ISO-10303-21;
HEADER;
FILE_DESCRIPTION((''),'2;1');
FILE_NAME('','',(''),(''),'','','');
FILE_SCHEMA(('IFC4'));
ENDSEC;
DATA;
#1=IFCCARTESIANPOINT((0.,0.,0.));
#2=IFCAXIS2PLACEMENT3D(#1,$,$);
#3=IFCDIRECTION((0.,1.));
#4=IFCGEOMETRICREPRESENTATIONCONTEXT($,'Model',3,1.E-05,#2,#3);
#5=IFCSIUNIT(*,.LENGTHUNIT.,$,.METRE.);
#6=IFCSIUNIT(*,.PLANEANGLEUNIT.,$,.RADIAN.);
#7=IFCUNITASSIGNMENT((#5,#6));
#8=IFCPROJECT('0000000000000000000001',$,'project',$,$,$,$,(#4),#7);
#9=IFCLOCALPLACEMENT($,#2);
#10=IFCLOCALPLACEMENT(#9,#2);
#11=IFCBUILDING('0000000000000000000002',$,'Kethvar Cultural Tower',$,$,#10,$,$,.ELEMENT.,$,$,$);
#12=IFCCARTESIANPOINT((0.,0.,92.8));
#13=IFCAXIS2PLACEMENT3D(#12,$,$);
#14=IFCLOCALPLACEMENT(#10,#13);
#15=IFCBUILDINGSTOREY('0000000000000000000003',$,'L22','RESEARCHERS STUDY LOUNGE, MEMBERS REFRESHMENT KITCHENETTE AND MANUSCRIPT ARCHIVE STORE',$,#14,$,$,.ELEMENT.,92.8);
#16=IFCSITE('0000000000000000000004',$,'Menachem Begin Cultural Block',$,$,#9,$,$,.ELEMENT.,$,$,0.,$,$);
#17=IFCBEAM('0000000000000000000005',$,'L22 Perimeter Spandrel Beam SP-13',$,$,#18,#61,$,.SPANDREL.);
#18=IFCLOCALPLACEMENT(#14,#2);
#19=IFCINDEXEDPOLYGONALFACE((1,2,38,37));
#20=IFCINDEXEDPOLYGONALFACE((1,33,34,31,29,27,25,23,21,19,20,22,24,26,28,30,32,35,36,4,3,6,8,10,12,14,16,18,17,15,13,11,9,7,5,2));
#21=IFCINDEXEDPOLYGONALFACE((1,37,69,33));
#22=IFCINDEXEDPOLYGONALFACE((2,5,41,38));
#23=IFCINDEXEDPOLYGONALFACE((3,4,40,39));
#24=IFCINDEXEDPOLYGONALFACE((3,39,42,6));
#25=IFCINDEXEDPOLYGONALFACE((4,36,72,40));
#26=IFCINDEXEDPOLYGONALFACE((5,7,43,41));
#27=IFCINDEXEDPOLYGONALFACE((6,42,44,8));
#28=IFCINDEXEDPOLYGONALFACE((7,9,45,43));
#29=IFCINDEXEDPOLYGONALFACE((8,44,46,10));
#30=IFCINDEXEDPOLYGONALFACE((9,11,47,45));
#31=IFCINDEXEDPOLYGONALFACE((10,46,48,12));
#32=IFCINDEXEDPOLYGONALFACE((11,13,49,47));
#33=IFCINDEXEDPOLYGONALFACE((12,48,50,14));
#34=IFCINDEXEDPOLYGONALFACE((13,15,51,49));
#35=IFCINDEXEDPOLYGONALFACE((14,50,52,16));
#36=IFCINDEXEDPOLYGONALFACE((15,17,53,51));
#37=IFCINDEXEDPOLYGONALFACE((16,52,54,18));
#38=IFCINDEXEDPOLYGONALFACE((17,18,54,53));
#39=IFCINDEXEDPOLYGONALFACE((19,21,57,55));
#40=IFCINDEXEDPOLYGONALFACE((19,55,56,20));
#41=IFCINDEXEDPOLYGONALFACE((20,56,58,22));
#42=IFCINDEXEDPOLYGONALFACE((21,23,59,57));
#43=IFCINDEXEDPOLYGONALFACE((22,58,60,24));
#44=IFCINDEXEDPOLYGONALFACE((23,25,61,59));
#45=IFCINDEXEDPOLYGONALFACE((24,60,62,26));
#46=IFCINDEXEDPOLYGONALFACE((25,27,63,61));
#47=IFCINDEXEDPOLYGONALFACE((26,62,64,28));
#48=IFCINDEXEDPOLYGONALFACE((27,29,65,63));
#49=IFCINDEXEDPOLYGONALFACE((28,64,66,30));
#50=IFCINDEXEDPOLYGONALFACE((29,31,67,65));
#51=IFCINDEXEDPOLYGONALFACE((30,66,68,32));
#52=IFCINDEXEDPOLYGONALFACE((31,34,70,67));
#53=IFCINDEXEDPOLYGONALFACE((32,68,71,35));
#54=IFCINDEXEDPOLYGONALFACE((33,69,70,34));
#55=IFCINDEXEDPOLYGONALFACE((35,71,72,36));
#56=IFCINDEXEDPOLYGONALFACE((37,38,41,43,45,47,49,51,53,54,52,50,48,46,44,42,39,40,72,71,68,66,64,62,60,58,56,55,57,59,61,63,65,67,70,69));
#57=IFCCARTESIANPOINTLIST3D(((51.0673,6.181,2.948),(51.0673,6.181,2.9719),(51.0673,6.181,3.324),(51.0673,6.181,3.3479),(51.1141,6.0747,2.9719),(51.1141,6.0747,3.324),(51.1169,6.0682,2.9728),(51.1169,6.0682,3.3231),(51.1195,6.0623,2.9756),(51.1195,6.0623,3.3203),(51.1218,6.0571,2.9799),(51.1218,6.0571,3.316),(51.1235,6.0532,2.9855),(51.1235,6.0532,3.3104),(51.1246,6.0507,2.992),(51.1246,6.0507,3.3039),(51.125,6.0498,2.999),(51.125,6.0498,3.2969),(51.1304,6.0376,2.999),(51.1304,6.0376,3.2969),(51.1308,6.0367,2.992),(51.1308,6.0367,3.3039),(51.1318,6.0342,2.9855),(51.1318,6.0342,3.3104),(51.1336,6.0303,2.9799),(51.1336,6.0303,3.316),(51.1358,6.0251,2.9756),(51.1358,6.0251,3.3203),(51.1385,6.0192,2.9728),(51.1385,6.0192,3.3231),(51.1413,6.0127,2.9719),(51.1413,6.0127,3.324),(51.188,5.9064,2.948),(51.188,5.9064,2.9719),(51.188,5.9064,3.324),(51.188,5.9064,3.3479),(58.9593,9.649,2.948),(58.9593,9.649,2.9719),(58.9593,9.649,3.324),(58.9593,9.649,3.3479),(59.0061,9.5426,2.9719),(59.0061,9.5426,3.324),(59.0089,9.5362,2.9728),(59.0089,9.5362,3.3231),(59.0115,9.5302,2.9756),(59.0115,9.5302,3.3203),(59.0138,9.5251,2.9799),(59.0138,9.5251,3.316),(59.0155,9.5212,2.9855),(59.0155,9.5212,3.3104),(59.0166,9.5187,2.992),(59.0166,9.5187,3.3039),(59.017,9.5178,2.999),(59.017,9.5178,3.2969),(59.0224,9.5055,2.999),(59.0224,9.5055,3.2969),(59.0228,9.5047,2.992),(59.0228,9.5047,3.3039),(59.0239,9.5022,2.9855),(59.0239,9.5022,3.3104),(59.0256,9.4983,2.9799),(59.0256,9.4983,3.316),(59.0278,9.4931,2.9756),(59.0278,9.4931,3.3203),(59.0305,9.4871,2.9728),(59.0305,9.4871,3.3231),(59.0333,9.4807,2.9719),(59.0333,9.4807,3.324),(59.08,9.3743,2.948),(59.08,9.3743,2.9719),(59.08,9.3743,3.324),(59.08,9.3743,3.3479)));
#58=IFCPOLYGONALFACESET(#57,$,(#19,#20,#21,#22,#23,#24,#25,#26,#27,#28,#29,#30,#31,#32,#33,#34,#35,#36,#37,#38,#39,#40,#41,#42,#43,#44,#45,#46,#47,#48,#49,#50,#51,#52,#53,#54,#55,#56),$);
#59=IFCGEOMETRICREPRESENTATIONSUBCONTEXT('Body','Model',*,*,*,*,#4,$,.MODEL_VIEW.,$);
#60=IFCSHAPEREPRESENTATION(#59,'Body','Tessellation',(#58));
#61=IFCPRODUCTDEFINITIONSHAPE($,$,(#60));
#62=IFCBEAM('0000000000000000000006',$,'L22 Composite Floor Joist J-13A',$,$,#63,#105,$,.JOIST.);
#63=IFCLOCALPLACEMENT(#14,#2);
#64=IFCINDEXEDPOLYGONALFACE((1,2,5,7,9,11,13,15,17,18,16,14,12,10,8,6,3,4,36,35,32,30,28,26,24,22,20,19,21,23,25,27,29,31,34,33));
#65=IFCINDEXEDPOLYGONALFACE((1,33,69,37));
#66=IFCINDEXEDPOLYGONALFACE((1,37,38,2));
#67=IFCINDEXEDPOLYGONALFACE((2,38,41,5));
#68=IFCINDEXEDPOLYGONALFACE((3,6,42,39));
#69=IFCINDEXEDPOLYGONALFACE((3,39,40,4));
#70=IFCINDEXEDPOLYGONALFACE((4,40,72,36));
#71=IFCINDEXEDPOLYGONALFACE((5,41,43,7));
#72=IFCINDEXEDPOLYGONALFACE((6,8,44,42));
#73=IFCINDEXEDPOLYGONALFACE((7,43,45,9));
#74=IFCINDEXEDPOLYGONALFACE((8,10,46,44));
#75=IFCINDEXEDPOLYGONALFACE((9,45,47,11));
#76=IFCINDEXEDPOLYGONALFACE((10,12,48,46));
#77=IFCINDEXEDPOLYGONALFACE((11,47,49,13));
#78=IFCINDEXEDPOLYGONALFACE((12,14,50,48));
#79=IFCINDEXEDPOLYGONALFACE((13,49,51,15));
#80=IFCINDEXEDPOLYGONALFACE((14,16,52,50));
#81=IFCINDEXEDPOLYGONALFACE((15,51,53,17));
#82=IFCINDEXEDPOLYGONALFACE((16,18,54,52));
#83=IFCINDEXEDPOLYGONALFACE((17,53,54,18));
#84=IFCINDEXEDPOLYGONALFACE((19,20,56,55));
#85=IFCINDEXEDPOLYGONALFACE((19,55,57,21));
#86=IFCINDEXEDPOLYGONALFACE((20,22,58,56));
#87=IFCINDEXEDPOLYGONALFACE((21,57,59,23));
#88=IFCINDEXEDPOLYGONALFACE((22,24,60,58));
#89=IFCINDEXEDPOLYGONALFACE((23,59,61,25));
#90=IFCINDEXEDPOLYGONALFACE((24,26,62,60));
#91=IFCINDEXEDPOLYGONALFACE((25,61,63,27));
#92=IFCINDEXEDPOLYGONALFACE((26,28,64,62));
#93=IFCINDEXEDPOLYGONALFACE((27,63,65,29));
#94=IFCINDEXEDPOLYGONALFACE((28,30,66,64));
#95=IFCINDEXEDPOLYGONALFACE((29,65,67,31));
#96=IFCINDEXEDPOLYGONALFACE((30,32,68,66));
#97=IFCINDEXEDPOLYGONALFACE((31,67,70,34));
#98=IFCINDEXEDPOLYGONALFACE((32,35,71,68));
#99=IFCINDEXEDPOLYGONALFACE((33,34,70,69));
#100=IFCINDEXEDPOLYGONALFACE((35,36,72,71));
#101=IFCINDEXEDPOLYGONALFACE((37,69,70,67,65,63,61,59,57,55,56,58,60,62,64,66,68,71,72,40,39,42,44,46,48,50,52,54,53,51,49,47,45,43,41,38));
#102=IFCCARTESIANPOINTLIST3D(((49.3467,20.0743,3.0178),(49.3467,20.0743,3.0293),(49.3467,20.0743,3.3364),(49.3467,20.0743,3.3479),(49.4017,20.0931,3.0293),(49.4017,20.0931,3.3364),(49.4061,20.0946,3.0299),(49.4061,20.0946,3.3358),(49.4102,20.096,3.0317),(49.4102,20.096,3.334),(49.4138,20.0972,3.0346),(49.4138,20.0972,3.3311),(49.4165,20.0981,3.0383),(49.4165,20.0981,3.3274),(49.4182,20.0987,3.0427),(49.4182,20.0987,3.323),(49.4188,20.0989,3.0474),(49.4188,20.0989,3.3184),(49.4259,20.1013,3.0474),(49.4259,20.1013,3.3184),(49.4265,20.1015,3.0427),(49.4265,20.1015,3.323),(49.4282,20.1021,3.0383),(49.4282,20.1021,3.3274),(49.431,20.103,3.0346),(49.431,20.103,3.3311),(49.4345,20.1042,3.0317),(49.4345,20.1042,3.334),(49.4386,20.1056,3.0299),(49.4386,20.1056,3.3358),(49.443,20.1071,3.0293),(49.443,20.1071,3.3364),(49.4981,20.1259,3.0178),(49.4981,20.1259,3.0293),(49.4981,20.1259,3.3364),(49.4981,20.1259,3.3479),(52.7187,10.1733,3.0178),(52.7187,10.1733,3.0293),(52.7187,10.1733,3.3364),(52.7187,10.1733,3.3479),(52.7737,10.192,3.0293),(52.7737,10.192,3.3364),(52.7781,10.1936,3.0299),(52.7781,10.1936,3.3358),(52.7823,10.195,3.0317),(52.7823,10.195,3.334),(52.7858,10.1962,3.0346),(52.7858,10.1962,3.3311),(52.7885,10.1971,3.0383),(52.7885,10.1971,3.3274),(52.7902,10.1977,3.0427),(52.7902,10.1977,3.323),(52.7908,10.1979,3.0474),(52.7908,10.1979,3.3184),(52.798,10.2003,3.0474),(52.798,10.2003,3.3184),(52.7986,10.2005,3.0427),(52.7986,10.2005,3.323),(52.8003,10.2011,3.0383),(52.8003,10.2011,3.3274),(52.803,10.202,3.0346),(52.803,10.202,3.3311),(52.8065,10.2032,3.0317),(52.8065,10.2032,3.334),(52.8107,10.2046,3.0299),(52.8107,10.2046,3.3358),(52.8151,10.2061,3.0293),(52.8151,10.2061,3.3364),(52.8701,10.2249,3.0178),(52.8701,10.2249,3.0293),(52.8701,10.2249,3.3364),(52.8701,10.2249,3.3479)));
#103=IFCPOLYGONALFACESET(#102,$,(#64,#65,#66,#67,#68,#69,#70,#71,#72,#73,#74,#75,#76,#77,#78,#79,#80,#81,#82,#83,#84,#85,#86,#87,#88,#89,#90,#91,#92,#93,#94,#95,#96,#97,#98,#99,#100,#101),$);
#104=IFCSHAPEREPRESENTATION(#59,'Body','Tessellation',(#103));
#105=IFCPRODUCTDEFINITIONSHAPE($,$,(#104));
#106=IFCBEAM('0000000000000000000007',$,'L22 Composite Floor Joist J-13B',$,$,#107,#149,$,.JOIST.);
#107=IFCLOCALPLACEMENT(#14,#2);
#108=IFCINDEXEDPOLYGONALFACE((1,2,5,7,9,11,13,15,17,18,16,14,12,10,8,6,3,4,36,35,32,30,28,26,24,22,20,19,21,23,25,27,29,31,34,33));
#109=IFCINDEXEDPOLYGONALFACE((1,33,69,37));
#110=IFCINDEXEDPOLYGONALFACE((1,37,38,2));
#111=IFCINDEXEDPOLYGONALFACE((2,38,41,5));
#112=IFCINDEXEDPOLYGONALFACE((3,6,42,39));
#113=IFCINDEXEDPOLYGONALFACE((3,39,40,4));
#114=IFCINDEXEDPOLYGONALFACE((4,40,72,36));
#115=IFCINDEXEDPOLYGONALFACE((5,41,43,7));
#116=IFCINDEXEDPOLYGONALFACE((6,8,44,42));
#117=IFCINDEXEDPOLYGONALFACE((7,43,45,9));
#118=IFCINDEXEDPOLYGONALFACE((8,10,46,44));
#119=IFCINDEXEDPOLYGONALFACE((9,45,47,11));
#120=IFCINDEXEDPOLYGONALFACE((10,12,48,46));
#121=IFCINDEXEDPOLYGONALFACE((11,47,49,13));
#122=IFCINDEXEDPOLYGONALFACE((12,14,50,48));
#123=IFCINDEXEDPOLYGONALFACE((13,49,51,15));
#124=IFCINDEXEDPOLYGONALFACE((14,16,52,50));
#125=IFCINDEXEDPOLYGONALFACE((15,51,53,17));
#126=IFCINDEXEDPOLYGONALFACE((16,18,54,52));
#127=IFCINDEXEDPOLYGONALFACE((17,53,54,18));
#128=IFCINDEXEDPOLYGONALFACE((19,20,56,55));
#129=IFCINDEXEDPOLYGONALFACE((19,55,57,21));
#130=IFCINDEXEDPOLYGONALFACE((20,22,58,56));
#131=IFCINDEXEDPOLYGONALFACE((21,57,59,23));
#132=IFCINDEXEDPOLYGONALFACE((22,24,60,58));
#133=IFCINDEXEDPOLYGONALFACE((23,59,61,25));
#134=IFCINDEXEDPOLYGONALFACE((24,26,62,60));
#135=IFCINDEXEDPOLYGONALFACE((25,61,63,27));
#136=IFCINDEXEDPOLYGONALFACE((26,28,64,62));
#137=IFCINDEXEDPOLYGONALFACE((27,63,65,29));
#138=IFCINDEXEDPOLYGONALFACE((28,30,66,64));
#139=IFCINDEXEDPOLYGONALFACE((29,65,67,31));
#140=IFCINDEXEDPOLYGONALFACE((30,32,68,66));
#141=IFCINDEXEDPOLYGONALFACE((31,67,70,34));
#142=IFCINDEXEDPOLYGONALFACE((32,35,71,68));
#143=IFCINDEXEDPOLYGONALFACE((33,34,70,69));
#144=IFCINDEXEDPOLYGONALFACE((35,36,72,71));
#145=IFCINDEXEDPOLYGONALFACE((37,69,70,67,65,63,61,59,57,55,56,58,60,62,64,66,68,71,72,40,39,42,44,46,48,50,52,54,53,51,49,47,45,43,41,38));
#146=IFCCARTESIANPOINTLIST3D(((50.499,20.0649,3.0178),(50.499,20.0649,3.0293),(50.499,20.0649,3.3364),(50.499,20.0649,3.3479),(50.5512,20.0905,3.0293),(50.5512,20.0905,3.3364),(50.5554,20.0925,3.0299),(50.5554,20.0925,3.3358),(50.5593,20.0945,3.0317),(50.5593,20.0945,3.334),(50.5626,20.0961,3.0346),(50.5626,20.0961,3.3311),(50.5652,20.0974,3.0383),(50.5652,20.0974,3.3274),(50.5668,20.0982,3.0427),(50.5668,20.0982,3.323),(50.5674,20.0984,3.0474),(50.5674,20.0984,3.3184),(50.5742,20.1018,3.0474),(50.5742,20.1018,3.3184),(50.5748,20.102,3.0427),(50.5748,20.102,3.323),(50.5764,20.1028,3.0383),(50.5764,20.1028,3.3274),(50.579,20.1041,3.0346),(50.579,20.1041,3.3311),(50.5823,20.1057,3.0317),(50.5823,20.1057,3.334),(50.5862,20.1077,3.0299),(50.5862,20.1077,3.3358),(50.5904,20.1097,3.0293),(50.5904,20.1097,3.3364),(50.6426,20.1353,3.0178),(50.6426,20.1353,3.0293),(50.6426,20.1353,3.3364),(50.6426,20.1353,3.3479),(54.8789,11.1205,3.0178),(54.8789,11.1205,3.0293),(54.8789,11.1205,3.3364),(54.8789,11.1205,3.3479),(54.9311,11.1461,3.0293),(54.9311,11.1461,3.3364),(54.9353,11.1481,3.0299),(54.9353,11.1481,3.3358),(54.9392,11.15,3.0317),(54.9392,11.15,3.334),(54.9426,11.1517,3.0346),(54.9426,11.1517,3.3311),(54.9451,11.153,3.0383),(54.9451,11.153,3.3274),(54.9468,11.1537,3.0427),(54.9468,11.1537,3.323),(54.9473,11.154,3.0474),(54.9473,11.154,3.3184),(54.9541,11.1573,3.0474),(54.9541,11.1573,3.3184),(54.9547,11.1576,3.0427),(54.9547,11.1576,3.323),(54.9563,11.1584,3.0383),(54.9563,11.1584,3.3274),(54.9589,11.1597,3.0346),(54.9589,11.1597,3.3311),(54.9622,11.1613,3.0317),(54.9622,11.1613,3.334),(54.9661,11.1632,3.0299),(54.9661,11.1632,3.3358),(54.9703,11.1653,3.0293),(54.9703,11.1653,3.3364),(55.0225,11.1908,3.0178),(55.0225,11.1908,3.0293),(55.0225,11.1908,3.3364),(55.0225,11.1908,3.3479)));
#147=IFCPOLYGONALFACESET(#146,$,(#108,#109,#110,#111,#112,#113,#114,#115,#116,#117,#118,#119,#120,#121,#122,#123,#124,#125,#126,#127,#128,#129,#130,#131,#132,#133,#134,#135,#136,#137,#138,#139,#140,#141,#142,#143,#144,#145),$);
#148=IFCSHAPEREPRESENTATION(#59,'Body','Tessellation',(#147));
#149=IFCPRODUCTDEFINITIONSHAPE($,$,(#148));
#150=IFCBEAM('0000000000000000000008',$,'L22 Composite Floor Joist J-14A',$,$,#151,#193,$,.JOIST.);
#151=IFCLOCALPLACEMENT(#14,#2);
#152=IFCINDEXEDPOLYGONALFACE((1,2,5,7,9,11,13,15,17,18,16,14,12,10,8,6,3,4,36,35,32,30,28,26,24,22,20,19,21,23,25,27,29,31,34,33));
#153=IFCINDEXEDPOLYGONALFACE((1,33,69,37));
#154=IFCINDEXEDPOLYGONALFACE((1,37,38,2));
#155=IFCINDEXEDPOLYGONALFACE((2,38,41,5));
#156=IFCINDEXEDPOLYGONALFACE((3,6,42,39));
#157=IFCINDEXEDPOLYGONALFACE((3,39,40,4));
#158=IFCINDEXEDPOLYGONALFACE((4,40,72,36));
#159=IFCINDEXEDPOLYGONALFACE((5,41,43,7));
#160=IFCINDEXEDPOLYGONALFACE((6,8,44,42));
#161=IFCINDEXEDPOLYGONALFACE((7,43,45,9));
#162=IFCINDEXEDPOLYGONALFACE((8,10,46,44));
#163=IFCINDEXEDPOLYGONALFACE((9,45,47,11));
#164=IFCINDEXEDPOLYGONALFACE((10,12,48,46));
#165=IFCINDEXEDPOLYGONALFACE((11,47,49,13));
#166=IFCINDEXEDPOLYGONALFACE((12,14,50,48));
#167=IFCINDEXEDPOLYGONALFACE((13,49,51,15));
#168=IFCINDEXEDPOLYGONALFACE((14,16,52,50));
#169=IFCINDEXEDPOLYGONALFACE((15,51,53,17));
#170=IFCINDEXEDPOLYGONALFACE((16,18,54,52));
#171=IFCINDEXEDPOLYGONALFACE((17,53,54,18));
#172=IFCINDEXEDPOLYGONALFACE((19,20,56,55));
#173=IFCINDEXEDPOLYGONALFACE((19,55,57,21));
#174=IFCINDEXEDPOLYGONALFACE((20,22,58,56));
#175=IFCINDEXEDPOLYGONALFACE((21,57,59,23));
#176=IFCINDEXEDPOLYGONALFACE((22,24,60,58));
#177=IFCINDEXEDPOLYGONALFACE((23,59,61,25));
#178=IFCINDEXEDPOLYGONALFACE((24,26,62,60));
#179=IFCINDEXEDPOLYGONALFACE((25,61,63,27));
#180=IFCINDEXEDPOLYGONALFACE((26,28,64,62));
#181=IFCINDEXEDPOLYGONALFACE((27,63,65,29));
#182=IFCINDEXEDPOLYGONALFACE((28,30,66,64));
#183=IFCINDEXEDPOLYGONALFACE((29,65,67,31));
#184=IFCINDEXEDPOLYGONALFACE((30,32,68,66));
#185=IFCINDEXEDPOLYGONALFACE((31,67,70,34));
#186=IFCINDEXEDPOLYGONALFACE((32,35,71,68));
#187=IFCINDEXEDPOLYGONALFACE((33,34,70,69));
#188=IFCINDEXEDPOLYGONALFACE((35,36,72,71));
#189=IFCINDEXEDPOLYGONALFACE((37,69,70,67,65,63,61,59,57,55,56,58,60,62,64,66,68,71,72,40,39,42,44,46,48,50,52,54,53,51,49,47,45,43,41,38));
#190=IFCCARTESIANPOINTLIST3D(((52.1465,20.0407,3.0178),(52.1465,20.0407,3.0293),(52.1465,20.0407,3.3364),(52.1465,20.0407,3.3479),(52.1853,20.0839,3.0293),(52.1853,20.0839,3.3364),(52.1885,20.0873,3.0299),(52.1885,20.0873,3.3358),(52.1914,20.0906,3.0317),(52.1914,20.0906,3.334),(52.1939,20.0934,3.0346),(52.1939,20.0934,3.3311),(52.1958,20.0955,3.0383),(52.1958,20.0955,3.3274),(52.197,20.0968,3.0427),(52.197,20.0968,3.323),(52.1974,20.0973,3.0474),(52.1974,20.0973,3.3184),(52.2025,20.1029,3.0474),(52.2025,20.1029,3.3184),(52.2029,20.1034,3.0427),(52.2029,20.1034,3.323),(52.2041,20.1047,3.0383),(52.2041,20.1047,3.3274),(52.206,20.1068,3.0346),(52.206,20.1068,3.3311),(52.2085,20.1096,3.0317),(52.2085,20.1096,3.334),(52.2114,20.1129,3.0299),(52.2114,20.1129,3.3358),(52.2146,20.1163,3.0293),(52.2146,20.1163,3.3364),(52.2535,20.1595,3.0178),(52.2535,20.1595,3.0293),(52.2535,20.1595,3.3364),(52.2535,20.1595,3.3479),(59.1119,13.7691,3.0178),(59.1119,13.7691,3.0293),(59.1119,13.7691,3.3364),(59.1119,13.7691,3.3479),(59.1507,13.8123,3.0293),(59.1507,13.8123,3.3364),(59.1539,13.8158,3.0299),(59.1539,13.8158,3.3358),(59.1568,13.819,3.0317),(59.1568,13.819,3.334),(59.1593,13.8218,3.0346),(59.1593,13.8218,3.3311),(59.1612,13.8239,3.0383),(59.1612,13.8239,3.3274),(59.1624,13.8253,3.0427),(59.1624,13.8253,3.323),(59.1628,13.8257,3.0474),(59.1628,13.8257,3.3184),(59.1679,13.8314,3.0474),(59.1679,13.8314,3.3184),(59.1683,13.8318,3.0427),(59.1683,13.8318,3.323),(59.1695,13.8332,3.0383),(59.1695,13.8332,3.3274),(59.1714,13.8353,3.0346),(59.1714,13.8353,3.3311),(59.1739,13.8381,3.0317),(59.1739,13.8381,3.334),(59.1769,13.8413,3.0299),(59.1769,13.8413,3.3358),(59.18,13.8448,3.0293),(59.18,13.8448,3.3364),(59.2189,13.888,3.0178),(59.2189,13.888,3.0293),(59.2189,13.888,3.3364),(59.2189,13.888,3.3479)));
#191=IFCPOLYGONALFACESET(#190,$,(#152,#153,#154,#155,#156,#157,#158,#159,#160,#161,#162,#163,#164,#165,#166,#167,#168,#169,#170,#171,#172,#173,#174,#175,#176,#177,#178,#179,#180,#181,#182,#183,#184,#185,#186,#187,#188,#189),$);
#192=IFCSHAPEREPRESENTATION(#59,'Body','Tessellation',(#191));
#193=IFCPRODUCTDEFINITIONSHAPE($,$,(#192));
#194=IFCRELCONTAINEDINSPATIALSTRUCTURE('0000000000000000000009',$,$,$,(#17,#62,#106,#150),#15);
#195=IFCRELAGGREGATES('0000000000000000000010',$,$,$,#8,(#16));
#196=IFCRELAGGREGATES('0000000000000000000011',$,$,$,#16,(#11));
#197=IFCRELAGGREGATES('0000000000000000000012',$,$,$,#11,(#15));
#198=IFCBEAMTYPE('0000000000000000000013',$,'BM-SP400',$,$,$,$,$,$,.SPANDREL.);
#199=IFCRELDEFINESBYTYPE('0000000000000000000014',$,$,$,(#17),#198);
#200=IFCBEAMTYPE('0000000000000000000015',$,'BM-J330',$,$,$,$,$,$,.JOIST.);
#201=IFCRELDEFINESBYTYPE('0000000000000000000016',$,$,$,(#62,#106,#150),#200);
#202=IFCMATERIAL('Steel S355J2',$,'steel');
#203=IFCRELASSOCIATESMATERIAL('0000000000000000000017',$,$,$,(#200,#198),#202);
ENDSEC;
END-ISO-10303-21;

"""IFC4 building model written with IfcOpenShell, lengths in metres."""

from ifc_helpers import new_model, si_unit, direction, frame, origin, origin_2d, place, context, subcontext, project, spatial, i_section, extrude, source, transform, mapped, material, material_profile, profile_set, type_object, element, save


model = new_model("IFC4")

# Units and contexts
model_context = context("Model", 3, precision=1e-05, world=origin(), true_north=direction((0.0, 1.0)))
body_context = subcontext(model_context, "Body", "Model", "MODEL_VIEW")
ifc_project = project(units=[si_unit("LENGTHUNIT", "METRE"), si_unit("PLANEANGLEUNIT", "RADIAN")], contexts=[model_context])

# Site, building, storey
site_placement = place(None, origin())
site = spatial("IfcSite", under=ifc_project, at=site_placement, Name="Menachem Begin Cultural Block", CompositionType="ELEMENT", RefElevation=0.0)
building_placement = place(site_placement, origin())
building = spatial("IfcBuilding", under=site, at=building_placement, Name="Kethvar Cultural Tower", CompositionType="ELEMENT")
storey_placement = place(building_placement, frame((0.0, 0.0, 92.8)))
storey = spatial("IfcBuildingStorey", under=building, at=storey_placement, Name="L22", Description="RESEARCHERS STUDY LOUNGE, MEMBERS REFRESHMENT KITCHENETTE AND MANUSCRIPT ARCHIVE STORE", CompositionType="ELEMENT", Elevation=92.8)

# Beams
ifc_material_1 = material(Name="Steel S355J2", Category="steel")
ifc_material_profile_1 = material_profile(ifc_material_1, i_section(OverallWidth=0.1599, OverallDepth=0.3301, WebThickness=0.0076, FlangeThickness=0.0115, FilletRadius=0.0181, at=origin_2d()), Name="Steel S355J2 — IPE330")
ifc_profile_set_1 = profile_set([ifc_material_profile_1], Name="Steel S355J2 — IPE330")
beam_type_1 = type_object("IfcBeamType", Name="BM-J330", PredefinedType="JOIST", material=ifc_profile_set_1)
ifc_material_profile_2 = material_profile(ifc_material_1, i_section(OverallWidth=0.3, OverallDepth=0.3999, WebThickness=0.0134, FlangeThickness=0.0239, FilletRadius=0.0271, at=origin_2d()), Name="Steel S355J2 — HEB400")
ifc_profile_set_2 = profile_set([ifc_material_profile_2], Name="Steel S355J2 — HEB400")
beam_type_2 = type_object("IfcBeamType", Name="BM-SP400", PredefinedType="SPANDREL", material=ifc_profile_set_2)
shared_shape_1 = source(origin(), body_context, "Body", "SweptSolid", [
    extrude(i_section(OverallWidth=0.3, OverallDepth=0.3999, WebThickness=0.0134, FlangeThickness=0.0239, FilletRadius=0.0271, at=origin_2d()), origin(), (0.0, 0.0, 1.0), 8.6204),
])
beam_1_placement = place(storey_placement, frame((51.1277, 6.0437, 3.1479), z_axis=(0.915507, 0.402301, 0.0), x_axis=(-0.402301, 0.915507, 0.0)))
element("IfcBeam", 1, at=beam_1_placement, inside=storey, type_object=beam_type_2, Name="L22 Perimeter Spandrel Beam SP-13", PredefinedType="SPANDREL", context=body_context, shape_type="MappedRepresentation", body=[
    mapped(shared_shape_1, transform((0.0, 0.0, 0.0), scale=1.0)),
])
shared_shape_2 = source(origin(), body_context, "Body", "SweptSolid", [
    extrude(i_section(OverallWidth=0.1599, OverallDepth=0.3301, WebThickness=0.0076, FlangeThickness=0.0115, FilletRadius=0.0181, at=origin_2d()), origin(), (0.0, 0.0, 1.0), 10.4595),
])
beam_2_placement = place(storey_placement, frame((49.4224, 20.1001, 3.1829), z_axis=(0.32239, -0.946607, 0.0), x_axis=(0.946607, 0.32239, 0.0)))
element("IfcBeam", 2, at=beam_2_placement, inside=storey, type_object=beam_type_1, Name="L22 Composite Floor Joist J-13A", PredefinedType="JOIST", context=body_context, shape_type="MappedRepresentation", body=[
    mapped(shared_shape_2, transform((0.0, 0.0, 0.0), scale=1.0)),
])
shared_shape_3 = source(origin(), body_context, "Body", "SweptSolid", [
    extrude(i_section(OverallWidth=0.1599, OverallDepth=0.3301, WebThickness=0.0076, FlangeThickness=0.0115, FilletRadius=0.0181, at=origin_2d()), origin(), (0.0, 0.0, 1.0), 9.9592),
])
beam_3_placement = place(storey_placement, frame((50.5708, 20.1001, 3.1829), z_axis=(0.439785, -0.898103, 0.0), x_axis=(0.898103, 0.439785, 0.0)))
element("IfcBeam", 3, at=beam_3_placement, inside=storey, type_object=beam_type_1, Name="L22 Composite Floor Joist J-13B", PredefinedType="JOIST", context=body_context, shape_type="MappedRepresentation", body=[
    mapped(shared_shape_3, transform((0.0, 0.0, 0.0), scale=1.0)),
])
shared_shape_4 = source(origin(), body_context, "Body", "SweptSolid", [
    extrude(i_section(OverallWidth=0.1599, OverallDepth=0.3301, WebThickness=0.0076, FlangeThickness=0.0115, FilletRadius=0.0181, at=origin_2d()), origin(), (0.0, 0.0, 1.0), 9.3728),
])
beam_4_placement = place(storey_placement, frame((52.2, 20.1001, 3.1829), z_axis=(0.743152, -0.669123, 0.0), x_axis=(0.669123, 0.743152, 0.0)))
element("IfcBeam", 4, at=beam_4_placement, inside=storey, type_object=beam_type_1, Name="L22 Composite Floor Joist J-14A", PredefinedType="JOIST", context=body_context, shape_type="MappedRepresentation", body=[
    mapped(shared_shape_4, transform((0.0, 0.0, 0.0), scale=1.0)),
])

save(model, "model.ifc")
